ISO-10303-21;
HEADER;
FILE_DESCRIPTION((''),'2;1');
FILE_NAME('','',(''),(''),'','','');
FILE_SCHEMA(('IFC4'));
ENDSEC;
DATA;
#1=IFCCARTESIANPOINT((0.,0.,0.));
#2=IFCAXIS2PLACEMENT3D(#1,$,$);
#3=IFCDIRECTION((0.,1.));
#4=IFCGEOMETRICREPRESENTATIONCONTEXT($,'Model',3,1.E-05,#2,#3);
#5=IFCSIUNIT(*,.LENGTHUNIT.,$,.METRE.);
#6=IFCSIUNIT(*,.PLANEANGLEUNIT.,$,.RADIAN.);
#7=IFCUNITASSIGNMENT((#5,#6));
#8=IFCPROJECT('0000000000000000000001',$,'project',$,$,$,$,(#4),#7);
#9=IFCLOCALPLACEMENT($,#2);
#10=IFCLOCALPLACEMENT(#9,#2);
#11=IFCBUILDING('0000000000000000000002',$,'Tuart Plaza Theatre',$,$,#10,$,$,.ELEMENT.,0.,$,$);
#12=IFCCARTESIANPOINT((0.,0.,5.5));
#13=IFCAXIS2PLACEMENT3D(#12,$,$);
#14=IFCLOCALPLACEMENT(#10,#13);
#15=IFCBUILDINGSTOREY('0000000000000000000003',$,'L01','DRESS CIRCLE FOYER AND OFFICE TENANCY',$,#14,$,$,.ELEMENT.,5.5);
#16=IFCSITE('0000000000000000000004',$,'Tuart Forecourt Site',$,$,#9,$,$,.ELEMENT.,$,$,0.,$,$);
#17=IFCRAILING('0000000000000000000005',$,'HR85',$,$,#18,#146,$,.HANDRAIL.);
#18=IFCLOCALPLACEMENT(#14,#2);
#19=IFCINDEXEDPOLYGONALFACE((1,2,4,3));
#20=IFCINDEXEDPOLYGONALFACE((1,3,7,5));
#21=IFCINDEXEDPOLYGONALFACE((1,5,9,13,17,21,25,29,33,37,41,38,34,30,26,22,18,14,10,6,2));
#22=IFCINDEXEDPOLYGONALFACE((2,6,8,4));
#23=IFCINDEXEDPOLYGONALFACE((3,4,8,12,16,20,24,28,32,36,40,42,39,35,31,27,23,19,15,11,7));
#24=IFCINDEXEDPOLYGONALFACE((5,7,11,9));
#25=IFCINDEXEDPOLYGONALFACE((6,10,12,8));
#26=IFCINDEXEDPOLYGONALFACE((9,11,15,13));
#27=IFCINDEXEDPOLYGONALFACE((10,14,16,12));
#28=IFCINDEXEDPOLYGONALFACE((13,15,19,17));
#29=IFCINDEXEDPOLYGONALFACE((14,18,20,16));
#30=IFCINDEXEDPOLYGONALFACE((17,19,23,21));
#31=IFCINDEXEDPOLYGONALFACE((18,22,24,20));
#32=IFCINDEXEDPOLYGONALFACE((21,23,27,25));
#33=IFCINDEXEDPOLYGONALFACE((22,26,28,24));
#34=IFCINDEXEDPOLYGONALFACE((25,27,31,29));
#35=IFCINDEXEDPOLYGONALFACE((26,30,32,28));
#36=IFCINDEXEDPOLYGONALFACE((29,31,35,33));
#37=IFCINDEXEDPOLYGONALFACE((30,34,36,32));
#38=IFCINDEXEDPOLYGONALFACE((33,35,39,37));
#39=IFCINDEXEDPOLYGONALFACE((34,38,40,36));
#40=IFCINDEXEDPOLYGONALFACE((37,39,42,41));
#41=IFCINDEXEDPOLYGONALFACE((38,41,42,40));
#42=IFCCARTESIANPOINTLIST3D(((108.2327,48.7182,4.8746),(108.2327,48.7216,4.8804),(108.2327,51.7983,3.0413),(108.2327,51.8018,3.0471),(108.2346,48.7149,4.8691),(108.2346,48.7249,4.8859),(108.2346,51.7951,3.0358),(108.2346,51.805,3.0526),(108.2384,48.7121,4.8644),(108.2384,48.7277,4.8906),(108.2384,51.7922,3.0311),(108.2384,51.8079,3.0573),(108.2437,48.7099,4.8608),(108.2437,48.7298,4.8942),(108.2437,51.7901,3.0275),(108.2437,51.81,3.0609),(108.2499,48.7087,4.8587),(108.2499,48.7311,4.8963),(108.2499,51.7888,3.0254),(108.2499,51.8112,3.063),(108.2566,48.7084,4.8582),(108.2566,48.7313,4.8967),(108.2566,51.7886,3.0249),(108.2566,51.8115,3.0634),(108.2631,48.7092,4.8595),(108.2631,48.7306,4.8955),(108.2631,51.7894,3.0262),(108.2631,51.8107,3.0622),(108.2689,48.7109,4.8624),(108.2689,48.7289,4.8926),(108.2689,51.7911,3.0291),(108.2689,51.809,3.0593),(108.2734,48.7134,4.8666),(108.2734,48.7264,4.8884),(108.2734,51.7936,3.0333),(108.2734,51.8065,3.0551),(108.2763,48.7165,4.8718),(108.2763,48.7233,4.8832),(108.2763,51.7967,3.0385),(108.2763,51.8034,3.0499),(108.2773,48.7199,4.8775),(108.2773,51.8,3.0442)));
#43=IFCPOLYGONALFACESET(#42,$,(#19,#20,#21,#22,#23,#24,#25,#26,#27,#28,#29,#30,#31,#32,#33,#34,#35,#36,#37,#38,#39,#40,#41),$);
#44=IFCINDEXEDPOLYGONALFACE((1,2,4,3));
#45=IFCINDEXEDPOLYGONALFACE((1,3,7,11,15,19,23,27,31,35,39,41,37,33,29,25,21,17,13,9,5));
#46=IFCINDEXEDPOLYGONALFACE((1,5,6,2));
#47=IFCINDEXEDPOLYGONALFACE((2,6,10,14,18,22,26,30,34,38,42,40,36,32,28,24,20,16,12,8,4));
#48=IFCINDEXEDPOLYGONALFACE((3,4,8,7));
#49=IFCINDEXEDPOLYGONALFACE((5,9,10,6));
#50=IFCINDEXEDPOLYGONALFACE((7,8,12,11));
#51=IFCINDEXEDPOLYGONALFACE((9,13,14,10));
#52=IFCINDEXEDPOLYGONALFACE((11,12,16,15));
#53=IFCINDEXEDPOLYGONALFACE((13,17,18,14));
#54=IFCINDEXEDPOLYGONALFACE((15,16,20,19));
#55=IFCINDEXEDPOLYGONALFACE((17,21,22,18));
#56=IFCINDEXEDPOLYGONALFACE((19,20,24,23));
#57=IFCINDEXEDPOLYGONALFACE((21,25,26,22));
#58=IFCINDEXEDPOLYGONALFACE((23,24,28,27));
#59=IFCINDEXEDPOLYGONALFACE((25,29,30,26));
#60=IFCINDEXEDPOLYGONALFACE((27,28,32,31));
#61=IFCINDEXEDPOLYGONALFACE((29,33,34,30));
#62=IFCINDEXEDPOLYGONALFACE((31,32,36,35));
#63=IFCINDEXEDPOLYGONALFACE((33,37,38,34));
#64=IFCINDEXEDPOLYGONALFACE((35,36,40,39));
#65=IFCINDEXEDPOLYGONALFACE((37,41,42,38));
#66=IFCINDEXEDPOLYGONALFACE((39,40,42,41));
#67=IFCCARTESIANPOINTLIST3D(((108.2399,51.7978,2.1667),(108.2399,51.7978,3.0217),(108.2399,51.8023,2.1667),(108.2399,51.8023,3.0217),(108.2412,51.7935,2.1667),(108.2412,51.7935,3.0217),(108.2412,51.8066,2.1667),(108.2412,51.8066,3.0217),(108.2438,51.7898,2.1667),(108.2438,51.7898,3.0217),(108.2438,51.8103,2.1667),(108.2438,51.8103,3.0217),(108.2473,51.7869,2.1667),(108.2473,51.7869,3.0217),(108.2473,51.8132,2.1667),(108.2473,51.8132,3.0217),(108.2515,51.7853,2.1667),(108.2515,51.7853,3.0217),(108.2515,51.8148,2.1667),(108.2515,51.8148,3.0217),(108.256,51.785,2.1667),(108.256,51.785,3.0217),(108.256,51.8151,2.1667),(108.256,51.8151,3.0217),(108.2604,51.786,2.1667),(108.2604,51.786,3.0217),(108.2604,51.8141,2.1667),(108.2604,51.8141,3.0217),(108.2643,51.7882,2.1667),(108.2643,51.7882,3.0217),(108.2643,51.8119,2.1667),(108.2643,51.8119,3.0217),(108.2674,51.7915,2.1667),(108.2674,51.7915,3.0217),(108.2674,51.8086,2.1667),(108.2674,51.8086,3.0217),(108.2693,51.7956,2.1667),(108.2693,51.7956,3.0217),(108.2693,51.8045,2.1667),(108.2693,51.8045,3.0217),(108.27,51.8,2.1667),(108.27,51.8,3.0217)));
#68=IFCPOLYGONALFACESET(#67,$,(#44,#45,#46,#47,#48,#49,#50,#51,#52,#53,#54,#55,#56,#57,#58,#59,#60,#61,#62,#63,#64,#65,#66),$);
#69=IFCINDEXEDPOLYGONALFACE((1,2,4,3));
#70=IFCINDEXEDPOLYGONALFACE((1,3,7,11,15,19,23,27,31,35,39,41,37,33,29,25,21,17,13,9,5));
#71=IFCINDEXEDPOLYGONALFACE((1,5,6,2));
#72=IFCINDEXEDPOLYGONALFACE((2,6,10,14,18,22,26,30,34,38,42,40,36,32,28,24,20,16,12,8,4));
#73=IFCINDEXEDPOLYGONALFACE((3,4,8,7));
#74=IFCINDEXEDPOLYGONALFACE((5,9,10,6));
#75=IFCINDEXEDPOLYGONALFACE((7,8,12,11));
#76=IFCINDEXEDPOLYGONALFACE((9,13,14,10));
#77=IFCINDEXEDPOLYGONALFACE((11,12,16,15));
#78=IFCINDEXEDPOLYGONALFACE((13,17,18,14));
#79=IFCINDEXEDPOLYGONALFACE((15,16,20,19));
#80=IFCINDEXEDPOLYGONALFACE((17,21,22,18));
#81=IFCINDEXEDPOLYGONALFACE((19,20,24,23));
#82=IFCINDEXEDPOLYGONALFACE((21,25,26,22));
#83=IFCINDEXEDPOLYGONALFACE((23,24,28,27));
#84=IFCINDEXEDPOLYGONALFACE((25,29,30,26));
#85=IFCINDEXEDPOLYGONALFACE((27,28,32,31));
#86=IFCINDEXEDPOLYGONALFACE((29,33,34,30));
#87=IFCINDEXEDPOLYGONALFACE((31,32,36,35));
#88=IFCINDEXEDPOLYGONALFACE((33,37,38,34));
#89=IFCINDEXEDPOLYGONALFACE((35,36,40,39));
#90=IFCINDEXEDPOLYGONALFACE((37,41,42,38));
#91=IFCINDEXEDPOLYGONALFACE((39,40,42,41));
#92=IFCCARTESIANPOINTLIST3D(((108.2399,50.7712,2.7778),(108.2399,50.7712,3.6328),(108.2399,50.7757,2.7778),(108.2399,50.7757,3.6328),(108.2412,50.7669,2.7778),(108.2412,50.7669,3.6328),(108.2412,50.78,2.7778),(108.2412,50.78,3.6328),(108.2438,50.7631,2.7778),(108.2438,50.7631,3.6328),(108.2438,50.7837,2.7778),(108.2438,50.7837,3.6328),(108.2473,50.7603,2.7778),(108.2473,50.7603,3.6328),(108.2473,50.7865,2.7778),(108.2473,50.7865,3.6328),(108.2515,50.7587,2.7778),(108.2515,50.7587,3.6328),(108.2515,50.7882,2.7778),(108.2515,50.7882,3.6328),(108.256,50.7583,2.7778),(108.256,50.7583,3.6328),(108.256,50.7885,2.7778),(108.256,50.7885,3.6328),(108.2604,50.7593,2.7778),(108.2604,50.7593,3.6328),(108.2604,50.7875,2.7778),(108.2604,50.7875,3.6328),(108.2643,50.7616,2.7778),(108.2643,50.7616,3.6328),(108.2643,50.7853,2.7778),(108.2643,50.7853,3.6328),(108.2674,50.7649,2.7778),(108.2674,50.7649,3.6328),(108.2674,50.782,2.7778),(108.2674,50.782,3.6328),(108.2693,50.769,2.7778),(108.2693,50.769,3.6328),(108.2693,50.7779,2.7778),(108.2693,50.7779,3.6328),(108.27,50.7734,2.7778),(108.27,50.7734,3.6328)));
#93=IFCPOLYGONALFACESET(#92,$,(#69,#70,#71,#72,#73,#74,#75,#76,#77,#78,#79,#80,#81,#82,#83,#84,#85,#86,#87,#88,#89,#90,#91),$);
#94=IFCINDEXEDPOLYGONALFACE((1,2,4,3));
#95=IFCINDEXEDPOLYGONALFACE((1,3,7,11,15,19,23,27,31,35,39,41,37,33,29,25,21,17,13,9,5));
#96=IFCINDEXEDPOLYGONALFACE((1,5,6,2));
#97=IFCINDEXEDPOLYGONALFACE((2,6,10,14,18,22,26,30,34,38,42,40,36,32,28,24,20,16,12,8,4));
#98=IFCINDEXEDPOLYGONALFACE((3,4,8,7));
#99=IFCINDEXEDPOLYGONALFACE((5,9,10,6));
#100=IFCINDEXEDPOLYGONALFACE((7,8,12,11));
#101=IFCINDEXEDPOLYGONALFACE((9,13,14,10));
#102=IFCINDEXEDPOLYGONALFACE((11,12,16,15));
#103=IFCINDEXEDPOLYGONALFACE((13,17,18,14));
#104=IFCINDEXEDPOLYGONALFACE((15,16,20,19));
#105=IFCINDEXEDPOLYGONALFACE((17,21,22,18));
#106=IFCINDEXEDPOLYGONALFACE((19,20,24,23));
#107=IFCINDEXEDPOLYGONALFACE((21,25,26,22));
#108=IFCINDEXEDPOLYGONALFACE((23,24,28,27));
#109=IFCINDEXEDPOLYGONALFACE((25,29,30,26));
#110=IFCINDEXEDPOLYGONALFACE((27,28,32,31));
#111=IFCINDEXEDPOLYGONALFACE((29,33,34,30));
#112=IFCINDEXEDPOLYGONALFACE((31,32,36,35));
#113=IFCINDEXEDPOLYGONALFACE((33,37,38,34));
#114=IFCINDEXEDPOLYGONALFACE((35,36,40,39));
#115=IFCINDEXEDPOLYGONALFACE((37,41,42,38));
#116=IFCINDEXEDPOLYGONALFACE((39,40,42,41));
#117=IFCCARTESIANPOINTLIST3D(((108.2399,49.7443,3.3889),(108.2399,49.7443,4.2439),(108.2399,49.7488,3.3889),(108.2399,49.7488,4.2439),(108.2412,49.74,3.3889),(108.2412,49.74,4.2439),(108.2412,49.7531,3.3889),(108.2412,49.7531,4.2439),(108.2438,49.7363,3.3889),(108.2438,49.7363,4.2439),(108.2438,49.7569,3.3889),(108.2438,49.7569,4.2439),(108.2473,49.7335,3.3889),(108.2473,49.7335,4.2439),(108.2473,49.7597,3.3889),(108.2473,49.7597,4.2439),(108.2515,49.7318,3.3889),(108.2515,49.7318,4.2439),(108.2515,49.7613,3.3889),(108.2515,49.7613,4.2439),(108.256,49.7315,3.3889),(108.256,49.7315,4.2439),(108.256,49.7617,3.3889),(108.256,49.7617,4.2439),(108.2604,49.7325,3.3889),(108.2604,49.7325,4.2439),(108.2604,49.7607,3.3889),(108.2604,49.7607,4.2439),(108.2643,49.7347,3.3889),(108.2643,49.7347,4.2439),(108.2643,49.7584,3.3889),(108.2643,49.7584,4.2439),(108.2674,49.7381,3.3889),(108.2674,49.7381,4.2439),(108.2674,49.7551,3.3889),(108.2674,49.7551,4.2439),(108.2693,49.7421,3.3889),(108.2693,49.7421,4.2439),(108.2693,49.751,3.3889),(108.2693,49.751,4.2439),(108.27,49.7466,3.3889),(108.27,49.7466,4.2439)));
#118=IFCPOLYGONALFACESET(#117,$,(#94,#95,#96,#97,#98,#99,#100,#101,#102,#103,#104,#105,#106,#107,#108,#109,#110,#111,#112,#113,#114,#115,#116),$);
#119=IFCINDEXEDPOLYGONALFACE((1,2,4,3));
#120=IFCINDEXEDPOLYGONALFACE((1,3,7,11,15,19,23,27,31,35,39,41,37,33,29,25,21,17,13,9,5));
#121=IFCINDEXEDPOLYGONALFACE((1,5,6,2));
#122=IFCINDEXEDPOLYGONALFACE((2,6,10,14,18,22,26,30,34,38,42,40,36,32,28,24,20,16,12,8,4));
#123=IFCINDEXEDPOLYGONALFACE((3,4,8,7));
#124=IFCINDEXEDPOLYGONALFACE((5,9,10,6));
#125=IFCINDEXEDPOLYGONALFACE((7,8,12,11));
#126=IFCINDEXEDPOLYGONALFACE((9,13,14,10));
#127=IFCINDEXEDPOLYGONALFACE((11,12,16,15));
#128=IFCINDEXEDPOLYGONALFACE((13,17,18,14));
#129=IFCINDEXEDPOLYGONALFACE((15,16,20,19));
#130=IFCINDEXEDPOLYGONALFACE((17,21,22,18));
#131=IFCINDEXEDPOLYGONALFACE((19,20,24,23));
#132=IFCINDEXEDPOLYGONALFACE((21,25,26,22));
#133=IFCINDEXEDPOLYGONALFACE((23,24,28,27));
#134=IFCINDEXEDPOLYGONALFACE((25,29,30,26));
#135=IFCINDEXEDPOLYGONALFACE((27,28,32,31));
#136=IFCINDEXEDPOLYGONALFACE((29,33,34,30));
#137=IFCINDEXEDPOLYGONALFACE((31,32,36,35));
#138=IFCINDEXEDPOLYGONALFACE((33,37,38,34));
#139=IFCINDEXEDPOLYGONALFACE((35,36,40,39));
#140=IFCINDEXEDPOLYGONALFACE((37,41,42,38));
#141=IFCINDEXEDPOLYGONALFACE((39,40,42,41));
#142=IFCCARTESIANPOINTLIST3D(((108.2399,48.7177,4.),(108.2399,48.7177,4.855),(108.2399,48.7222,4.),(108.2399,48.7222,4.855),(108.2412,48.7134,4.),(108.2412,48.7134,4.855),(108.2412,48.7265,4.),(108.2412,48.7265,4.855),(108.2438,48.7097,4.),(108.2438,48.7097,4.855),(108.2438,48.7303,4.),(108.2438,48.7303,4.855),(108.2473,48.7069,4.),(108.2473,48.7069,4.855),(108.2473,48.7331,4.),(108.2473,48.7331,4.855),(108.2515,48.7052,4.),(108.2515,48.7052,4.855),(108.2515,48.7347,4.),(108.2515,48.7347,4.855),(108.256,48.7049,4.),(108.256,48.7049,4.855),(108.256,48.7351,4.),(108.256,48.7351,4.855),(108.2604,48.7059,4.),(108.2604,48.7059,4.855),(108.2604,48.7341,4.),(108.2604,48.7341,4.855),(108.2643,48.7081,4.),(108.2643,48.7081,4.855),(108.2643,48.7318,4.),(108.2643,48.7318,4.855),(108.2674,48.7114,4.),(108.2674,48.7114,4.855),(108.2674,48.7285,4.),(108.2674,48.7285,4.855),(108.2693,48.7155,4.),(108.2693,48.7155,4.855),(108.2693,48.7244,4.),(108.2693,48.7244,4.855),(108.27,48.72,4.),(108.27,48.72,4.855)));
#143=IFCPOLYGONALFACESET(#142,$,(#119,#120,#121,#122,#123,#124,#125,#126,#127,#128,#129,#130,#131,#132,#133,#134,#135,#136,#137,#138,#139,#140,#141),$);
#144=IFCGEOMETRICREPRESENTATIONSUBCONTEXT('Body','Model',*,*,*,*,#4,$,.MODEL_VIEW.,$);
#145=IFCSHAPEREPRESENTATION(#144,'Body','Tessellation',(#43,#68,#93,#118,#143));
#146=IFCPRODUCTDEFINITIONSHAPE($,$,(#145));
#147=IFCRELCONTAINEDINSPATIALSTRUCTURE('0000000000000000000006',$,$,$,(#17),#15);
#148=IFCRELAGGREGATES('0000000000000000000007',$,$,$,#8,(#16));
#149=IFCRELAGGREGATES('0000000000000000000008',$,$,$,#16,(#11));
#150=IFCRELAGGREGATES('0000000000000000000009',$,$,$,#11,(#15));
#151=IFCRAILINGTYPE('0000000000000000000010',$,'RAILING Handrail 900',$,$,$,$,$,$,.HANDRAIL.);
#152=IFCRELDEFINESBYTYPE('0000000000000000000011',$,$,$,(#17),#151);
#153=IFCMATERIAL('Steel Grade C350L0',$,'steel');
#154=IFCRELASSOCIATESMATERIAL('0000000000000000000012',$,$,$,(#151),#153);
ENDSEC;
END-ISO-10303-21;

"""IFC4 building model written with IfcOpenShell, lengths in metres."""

from ifc_helpers import new_model, si_unit, direction, frame, origin, origin_2d, place, context, subcontext, project, spatial, circle, extrude, material, type_object, element, save


model = new_model("IFC4")

# Units and contexts
model_context = context("Model", 3, precision=1e-05, world=origin(), true_north=direction((0.0, 1.0)))
body_context = subcontext(model_context, "Body", "Model", "MODEL_VIEW")
ifc_project = project(units=[si_unit("LENGTHUNIT", "METRE"), si_unit("PLANEANGLEUNIT", "RADIAN")], contexts=[model_context])

# Site, building, storey
site_placement = place(None, origin())
site = spatial("IfcSite", under=ifc_project, at=site_placement, Name="Tuart Forecourt Site", CompositionType="ELEMENT", RefElevation=0.0)
building_placement = place(site_placement, origin())
building = spatial("IfcBuilding", under=site, at=building_placement, Name="Tuart Plaza Theatre", CompositionType="ELEMENT", ElevationOfRefHeight=0.0)
storey_placement = place(building_placement, frame((0.0, 0.0, 5.5)))
storey = spatial("IfcBuildingStorey", under=building, at=storey_placement, Name="L01", Description="DRESS CIRCLE FOYER AND OFFICE TENANCY", CompositionType="ELEMENT", Elevation=5.5)

# Railing
ifc_material_1 = material(Name="Steel Grade C350L0", Category="steel")
railing_type = type_object("IfcRailingType", Name="RAILING Handrail 900", PredefinedType="HANDRAIL", material=ifc_material_1)
for number, where, name in (
    (1, (108.2549, 51.8, 2.1667), "HR85"),
):
    element("IfcRailing", number, at=place(storey_placement, frame(where)), inside=storey, type_object=railing_type, Name=name, PredefinedType="HANDRAIL", context=body_context, shape_type="SweptSolid", body=[
        extrude(circle(Radius=0.0225, at=origin_2d()), frame((0.0, 0.0, 0.8774), z_axis=(0.0, -0.859309, 0.511458), x_axis=(1.0, 0.0, 0.0)), (0.0, 0.0, 1.0), 3.5845),
        extrude(circle(Radius=0.0151, at=origin_2d()), origin(), (0.0, 0.0, 1.0), 0.855),
        extrude(circle(Radius=0.0151, at=origin_2d()), frame((0.0, -1.0266, 0.6111)), (0.0, 0.0, 1.0), 0.855),
        extrude(circle(Radius=0.0151, at=origin_2d()), frame((0.0, -2.0535, 1.2222)), (0.0, 0.0, 1.0), 0.855),
        extrude(circle(Radius=0.0151, at=origin_2d()), frame((0.0, -3.0801, 1.8333)), (0.0, 0.0, 1.0), 0.855),
    ])

save(model, "model.ifc")
